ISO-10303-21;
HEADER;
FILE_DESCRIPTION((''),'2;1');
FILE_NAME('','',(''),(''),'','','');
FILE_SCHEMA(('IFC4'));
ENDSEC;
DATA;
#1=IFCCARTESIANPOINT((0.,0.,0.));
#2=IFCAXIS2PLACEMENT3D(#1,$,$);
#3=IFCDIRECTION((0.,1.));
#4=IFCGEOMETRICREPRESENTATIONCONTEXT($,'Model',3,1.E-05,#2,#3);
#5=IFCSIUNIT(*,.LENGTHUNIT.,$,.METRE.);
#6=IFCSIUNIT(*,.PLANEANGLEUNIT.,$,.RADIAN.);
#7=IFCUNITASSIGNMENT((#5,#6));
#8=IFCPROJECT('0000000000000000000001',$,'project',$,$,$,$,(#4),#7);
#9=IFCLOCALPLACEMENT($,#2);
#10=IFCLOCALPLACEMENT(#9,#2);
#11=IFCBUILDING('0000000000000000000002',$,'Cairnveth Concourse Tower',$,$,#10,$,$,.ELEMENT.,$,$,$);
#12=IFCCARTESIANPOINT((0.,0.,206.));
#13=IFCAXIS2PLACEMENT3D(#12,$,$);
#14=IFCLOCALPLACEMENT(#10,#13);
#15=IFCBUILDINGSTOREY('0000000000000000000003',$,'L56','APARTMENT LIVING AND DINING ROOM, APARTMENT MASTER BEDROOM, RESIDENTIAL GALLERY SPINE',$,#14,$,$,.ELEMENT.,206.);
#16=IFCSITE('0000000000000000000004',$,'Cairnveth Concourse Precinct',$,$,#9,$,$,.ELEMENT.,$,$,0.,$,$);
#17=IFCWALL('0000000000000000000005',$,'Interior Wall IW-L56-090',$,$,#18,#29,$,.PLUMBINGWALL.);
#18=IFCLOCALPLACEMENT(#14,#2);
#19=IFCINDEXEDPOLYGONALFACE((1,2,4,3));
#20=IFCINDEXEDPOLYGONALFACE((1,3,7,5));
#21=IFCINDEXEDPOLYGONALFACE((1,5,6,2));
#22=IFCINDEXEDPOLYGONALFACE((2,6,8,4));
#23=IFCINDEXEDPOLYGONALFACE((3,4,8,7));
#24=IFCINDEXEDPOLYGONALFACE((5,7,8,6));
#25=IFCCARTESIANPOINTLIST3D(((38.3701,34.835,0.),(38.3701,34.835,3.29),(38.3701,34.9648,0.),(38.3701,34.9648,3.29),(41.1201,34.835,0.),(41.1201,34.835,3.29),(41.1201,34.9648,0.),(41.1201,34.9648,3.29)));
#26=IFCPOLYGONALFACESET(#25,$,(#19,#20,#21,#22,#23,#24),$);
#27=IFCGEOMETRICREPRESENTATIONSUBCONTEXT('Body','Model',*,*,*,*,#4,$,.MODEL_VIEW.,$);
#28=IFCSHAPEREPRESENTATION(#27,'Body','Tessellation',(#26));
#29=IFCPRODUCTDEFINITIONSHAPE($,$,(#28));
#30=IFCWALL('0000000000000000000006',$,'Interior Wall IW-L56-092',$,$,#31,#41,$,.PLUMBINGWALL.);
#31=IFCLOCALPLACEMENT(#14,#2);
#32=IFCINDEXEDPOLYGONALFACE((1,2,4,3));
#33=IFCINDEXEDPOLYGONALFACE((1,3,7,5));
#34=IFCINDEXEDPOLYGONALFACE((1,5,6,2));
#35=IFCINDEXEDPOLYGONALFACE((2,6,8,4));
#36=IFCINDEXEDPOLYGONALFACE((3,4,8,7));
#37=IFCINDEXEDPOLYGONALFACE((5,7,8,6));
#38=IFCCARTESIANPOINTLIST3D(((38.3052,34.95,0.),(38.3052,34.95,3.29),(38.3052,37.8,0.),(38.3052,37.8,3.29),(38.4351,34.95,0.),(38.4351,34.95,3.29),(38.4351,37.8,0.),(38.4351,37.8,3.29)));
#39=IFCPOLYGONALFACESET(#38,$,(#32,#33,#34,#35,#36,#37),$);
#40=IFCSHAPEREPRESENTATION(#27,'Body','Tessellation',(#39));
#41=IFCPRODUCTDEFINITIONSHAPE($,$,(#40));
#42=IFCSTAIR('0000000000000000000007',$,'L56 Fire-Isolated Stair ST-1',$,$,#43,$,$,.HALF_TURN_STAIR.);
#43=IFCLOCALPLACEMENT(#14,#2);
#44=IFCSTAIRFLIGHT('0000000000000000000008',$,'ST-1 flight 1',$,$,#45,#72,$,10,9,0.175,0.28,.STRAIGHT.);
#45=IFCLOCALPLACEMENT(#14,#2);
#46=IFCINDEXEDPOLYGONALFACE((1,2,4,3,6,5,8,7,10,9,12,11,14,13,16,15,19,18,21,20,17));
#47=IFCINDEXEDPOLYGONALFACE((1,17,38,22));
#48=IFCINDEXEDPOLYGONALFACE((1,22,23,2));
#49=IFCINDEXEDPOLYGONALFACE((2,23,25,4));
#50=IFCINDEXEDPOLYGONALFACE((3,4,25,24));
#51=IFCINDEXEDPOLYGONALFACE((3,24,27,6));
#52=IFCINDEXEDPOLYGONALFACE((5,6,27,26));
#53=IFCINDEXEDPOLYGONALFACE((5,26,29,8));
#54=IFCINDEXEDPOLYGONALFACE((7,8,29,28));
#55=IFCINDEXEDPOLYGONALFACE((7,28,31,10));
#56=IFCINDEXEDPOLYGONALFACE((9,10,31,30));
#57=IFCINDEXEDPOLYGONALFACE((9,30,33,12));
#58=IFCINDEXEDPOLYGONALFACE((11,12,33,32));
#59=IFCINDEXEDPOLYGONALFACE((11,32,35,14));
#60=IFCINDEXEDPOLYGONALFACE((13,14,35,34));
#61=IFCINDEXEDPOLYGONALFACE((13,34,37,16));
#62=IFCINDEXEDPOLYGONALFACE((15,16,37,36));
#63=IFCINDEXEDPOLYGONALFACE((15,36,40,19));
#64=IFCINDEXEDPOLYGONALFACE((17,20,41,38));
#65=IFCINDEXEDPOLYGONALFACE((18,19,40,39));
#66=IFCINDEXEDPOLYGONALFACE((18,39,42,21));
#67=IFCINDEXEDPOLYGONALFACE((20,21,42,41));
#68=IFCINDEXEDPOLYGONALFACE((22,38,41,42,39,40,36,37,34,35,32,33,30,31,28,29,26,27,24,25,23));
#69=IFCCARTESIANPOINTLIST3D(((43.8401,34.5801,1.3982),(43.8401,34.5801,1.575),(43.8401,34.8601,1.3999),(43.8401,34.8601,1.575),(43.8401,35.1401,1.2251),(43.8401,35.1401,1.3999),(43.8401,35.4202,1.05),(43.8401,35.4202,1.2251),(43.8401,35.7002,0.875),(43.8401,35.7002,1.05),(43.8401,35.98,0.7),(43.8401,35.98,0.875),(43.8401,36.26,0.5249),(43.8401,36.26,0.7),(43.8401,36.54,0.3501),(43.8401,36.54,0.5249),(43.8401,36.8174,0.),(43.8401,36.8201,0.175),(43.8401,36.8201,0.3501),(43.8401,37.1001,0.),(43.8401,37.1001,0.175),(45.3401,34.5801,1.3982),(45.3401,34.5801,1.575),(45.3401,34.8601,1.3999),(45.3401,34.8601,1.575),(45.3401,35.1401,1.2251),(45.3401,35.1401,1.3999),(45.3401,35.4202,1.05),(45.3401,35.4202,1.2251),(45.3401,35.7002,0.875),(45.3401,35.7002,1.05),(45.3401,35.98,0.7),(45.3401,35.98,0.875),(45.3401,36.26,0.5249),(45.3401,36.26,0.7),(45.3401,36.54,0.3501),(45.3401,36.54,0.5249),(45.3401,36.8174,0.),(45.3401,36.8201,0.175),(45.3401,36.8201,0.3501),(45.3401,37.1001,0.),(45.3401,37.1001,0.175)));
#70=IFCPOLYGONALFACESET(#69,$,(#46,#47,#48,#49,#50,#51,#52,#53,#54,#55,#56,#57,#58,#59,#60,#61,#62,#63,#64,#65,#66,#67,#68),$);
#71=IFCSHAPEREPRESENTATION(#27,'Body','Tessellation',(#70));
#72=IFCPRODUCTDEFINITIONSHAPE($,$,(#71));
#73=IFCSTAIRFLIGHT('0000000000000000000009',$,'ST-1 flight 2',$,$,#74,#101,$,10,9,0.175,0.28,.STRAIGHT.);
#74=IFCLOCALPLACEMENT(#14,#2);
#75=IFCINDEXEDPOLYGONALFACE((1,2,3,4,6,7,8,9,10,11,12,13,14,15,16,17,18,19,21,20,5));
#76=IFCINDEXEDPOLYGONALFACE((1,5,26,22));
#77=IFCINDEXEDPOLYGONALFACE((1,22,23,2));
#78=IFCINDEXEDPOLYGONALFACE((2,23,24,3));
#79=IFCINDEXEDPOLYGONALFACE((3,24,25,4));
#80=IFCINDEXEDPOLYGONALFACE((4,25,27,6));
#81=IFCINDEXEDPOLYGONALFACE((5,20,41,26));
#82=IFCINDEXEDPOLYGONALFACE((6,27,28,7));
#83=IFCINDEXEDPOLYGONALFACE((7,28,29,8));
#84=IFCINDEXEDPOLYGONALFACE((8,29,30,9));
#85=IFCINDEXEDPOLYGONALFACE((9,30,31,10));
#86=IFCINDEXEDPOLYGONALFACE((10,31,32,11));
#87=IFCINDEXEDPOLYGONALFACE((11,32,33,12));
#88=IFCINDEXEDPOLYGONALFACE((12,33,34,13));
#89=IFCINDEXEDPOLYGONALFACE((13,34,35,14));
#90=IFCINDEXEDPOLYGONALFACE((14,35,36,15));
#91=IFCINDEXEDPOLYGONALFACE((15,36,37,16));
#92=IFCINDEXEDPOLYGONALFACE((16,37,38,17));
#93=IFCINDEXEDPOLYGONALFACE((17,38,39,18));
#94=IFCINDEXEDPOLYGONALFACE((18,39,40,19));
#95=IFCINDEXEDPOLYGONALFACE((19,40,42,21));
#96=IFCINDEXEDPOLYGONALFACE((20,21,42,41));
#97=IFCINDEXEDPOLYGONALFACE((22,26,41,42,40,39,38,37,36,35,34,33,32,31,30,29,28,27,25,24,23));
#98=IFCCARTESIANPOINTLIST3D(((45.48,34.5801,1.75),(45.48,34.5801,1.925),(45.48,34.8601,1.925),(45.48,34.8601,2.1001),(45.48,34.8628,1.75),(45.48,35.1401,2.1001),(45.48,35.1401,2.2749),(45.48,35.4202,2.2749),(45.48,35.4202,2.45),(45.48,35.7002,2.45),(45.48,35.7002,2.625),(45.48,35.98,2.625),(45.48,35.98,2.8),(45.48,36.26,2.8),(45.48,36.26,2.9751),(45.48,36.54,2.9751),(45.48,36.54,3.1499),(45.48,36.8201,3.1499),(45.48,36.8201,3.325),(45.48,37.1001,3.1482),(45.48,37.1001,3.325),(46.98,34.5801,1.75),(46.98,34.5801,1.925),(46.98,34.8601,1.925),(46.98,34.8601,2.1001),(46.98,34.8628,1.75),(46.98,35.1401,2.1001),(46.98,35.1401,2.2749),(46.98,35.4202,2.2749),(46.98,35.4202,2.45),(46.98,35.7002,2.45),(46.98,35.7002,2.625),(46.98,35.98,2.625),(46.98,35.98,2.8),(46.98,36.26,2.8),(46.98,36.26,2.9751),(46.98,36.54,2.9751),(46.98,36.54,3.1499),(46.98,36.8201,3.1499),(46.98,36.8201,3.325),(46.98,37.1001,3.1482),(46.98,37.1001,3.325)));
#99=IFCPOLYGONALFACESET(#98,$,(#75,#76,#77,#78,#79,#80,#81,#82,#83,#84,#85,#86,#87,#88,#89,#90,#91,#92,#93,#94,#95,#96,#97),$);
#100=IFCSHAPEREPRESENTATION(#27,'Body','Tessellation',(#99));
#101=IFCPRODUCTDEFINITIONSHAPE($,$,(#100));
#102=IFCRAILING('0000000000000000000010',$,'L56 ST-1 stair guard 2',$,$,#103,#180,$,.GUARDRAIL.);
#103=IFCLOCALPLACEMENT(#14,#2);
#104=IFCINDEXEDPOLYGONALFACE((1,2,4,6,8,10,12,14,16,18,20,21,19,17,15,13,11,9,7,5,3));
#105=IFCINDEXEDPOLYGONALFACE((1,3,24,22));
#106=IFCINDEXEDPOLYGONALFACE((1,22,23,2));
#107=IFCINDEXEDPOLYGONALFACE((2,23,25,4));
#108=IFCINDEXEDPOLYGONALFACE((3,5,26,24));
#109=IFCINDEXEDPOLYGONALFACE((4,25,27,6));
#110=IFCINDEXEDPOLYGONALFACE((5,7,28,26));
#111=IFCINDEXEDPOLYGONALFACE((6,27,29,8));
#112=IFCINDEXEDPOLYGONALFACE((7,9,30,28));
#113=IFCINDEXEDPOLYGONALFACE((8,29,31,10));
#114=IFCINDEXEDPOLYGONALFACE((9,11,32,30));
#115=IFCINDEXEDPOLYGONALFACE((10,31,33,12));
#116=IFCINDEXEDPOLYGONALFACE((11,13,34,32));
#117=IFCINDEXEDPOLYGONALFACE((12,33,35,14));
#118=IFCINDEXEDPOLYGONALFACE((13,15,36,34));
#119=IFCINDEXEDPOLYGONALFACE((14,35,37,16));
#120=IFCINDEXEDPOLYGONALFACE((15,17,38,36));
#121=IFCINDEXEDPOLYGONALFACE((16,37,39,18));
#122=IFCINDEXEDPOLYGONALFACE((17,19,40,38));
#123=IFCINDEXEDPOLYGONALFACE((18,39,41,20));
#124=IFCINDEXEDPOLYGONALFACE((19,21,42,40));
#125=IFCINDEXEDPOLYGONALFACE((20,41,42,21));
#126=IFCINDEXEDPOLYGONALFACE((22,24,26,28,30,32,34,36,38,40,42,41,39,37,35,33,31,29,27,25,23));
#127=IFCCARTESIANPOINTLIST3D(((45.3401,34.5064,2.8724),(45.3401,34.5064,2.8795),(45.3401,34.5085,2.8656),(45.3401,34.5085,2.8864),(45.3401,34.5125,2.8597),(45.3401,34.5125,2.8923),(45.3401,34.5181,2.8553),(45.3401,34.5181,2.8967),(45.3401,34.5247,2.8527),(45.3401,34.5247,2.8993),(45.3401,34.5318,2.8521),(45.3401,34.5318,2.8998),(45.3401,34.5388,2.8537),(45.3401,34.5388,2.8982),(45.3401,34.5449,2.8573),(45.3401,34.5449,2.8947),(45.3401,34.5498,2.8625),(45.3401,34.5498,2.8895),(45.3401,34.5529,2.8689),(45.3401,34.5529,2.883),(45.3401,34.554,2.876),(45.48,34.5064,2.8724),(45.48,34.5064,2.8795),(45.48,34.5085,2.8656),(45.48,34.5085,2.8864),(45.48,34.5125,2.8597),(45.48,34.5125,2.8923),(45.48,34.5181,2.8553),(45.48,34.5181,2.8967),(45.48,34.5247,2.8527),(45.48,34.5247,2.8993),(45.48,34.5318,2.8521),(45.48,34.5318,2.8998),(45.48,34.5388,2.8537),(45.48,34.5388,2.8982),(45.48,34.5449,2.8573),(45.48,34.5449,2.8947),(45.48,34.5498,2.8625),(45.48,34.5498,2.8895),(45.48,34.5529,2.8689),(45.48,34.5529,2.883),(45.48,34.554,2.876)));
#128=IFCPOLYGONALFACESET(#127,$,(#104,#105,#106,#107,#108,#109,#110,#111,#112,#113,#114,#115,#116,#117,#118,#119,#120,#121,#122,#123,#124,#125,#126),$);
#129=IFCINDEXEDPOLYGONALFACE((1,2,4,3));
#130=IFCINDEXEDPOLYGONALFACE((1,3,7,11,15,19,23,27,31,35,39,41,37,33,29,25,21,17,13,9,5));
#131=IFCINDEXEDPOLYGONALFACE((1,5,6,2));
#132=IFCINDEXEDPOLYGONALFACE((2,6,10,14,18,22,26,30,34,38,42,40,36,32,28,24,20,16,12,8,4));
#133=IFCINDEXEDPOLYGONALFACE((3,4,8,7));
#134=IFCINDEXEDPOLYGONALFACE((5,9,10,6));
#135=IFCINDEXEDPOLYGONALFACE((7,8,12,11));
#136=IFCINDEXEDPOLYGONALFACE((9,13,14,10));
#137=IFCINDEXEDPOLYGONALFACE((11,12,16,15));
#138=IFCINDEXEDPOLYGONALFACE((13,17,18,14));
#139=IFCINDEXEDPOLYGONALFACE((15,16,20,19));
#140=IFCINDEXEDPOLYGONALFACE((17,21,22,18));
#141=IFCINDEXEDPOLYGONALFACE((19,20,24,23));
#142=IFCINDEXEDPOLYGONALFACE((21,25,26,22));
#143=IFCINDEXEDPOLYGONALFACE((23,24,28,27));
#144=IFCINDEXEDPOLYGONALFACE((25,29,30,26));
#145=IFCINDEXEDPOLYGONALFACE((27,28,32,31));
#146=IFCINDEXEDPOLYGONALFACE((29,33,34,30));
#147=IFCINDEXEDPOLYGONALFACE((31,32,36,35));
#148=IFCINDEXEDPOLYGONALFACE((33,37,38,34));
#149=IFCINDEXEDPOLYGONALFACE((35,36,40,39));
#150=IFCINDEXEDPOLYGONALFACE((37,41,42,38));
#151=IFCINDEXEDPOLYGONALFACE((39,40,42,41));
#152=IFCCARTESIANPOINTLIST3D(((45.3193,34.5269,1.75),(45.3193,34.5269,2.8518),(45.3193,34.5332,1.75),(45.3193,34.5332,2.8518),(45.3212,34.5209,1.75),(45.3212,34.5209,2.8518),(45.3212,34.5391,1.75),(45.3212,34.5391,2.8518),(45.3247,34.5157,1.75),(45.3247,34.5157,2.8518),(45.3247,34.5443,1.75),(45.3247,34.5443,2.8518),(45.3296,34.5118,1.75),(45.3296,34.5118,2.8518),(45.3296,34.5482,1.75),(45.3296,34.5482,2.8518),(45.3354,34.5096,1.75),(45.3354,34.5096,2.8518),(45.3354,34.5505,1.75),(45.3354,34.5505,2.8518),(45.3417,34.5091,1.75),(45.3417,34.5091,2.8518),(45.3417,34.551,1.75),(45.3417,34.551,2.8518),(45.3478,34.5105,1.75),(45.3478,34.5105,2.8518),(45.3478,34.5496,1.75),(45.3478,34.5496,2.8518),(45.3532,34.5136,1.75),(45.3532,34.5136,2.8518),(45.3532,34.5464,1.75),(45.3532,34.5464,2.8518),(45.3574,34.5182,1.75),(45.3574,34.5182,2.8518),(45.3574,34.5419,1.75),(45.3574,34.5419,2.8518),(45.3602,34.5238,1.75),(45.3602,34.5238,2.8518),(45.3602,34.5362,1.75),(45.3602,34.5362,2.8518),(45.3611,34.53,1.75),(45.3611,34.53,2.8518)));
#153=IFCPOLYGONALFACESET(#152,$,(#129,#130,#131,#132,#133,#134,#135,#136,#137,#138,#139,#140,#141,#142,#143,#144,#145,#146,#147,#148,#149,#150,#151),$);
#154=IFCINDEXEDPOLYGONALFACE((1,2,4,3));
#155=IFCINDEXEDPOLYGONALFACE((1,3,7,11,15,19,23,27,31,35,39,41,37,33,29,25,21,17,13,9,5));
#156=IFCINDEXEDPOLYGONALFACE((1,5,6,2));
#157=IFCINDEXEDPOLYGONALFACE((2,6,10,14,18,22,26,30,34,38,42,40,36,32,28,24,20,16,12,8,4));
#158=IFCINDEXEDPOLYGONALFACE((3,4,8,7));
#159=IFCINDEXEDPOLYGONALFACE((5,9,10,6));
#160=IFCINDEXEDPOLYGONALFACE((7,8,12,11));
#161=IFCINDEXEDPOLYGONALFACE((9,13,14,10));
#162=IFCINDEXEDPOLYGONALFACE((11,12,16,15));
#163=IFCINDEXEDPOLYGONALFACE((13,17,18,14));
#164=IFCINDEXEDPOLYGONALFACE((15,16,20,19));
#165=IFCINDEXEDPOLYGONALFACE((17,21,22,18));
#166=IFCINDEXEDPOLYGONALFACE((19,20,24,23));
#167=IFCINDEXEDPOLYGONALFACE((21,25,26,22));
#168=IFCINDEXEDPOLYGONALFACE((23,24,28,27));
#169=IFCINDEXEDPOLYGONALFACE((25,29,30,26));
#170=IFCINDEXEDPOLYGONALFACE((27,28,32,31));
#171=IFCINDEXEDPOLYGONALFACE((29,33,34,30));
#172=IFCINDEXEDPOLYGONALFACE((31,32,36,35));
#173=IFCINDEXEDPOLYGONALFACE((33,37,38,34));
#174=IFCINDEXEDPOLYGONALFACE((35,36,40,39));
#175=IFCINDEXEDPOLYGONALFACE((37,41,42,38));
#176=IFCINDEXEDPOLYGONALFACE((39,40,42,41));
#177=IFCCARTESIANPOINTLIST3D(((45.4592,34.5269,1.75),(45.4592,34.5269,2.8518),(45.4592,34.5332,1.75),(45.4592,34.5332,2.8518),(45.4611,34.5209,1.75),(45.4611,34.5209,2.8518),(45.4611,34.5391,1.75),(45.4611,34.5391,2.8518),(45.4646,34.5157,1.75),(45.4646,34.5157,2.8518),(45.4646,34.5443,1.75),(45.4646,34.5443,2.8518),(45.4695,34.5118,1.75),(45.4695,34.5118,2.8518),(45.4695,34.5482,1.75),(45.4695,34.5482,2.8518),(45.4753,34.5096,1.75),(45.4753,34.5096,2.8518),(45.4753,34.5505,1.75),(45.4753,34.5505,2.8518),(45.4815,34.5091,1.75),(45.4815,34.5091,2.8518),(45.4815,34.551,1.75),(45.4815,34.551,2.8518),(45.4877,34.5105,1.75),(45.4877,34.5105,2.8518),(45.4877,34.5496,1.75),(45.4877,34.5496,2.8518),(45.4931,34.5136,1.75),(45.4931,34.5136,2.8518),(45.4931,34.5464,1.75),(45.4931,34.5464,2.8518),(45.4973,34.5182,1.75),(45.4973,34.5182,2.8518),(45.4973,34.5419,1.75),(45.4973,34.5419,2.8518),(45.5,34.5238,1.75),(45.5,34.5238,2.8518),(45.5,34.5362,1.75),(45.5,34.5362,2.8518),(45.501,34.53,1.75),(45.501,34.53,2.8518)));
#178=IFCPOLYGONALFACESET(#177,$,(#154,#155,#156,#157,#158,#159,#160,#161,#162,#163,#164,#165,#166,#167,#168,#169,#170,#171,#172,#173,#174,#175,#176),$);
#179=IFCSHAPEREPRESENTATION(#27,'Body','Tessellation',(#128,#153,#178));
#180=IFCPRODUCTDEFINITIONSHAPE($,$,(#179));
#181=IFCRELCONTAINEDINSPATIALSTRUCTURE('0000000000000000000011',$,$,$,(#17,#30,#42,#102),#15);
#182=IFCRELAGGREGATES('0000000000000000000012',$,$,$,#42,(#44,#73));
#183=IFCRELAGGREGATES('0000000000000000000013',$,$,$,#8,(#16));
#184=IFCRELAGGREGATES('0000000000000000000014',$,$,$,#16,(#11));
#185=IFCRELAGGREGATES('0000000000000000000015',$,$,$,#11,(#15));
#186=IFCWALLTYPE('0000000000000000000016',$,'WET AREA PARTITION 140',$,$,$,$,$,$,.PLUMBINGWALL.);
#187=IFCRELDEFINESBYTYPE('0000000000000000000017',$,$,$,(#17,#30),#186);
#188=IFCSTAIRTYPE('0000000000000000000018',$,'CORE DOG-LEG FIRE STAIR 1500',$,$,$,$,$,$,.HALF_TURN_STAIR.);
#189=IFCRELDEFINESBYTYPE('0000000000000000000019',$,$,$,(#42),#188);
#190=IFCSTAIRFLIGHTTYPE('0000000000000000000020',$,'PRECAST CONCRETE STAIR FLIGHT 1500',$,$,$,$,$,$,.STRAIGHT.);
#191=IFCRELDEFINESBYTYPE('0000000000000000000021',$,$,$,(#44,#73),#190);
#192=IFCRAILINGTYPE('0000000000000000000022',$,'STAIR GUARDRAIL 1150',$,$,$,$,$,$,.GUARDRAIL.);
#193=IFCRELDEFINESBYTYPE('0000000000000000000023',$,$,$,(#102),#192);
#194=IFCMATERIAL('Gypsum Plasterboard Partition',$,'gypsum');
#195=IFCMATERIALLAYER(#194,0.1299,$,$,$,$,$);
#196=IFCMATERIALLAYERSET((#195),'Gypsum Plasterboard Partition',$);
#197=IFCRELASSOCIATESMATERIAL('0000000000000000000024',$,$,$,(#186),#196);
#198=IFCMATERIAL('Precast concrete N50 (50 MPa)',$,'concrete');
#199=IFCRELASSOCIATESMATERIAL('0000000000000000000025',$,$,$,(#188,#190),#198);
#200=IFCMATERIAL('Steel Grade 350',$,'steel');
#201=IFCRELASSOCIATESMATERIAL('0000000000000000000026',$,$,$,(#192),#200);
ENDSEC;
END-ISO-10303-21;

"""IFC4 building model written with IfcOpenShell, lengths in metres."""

from ifc_helpers import new_model, si_unit, direction, frame, frame_2d, origin, origin_2d, place, context, subcontext, project, spatial, polyline, rectangle, circle, outline, extrude, material, layer, layer_set, type_object, element, aggregate, save


model = new_model("IFC4")

# Units and contexts
model_context = context("Model", 3, precision=1e-05, world=origin(), true_north=direction((0.0, 1.0)))
body_context = subcontext(model_context, "Body", "Model", "MODEL_VIEW")
ifc_project = project(units=[si_unit("LENGTHUNIT", "METRE"), si_unit("PLANEANGLEUNIT", "RADIAN")], contexts=[model_context])

# Site, building, storey
site_placement = place(None, origin())
site = spatial("IfcSite", under=ifc_project, at=site_placement, Name="Cairnveth Concourse Precinct", CompositionType="ELEMENT", RefElevation=0.0)
building_placement = place(site_placement, origin())
building = spatial("IfcBuilding", under=site, at=building_placement, Name="Cairnveth Concourse Tower", CompositionType="ELEMENT")
storey_placement = place(building_placement, frame((0.0, 0.0, 206.0)))
storey = spatial("IfcBuildingStorey", under=building, at=storey_placement, Name="L56", Description="APARTMENT LIVING AND DINING ROOM, APARTMENT MASTER BEDROOM, RESIDENTIAL GALLERY SPINE", CompositionType="ELEMENT", Elevation=206.0)

# Shared definitions
ifc_material_1 = material(Name="Gypsum Plasterboard Partition", Category="gypsum")

# Walls
ifc_layer_1 = layer(ifc_material_1, 0.1299)
ifc_layer_set_1 = layer_set([ifc_layer_1], Name="Gypsum Plasterboard Partition")
wall_type_1 = type_object("IfcWallType", Name="WET AREA PARTITION 140", PredefinedType="PLUMBINGWALL", material=ifc_layer_set_1)
wall_1_placement = place(storey_placement, frame((38.3701, 34.8999, 0.0), z_axis=(0.0, 0.0, 1.0), x_axis=(1.0, 0.0, 0.0)))
element("IfcWall", 1, at=wall_1_placement, inside=storey, type_object=wall_type_1, Name="Interior Wall IW-L56-090", PredefinedType="PLUMBINGWALL", context=body_context, shape_type="SweptSolid", body=[
    extrude(rectangle(XDim=2.75, YDim=0.1299, at=frame_2d((1.375, 0.0))), origin(), (0.0, 0.0, 1.0), 3.29),
])
wall_2_placement = place(storey_placement, frame((38.3701, 34.95, 0.0), z_axis=(0.0, 0.0, 1.0), x_axis=(0.0, 1.0, 0.0)))
element("IfcWall", 2, at=wall_2_placement, inside=storey, type_object=wall_type_1, Name="Interior Wall IW-L56-092", PredefinedType="PLUMBINGWALL", context=body_context, shape_type="SweptSolid", body=[
    extrude(rectangle(XDim=2.8501, YDim=0.1299, at=frame_2d((1.425, 0.0))), origin(), (0.0, 0.0, 1.0), 3.29),
])

# Stair, stair flights
ifc_material_2 = material(Name="Precast concrete N50 (50 MPa)", Category="concrete")
stair_type = type_object("IfcStairType", Name="CORE DOG-LEG FIRE STAIR 1500", PredefinedType="HALF_TURN_STAIR", material=ifc_material_2)
stair_placement = place(storey_placement, origin())
stair = element("IfcStair", 3, at=stair_placement, inside=storey, type_object=stair_type, Name="L56 Fire-Isolated Stair ST-1", PredefinedType="HALF_TURN_STAIR")
stair_flight_type = type_object("IfcStairFlightType", Name="PRECAST CONCRETE STAIR FLIGHT 1500", PredefinedType="STRAIGHT", material=ifc_material_2)
stair_flight_1_placement = place(storey_placement, frame((44.5901, 37.1001, 0.0), z_axis=(0.0, 0.0, 1.0), x_axis=(0.0, -1.0, 0.0)))
stair_flight_1 = element("IfcStairFlight", 4, at=stair_flight_1_placement, type_object=stair_flight_type, Name="ST-1 flight 1", NumberOfRisers=10, NumberOfTreads=9, PredefinedType="STRAIGHT", RiserHeight=0.175, TreadLength=0.28, context=body_context, shape_type="SweptSolid", body=[
    extrude(outline(polyline([(0.0, 0.0), (0.0, 0.175), (0.28, 0.175), (0.28, 0.3501), (0.5601, 0.3501), (0.5601, 0.5249), (0.8401, 0.5249), (0.8401, 0.7), (1.1201, 0.7), (1.1201, 0.875), (1.3999, 0.875), (1.3999, 1.05), (1.6799, 1.05), (1.6799, 1.2251), (1.96, 1.2251), (1.96, 1.3999), (2.24, 1.3999), (2.24, 1.575), (2.52, 1.575), (2.52, 1.75), (2.52, 1.3982), (0.2827, 0.0), (0.0, 0.0)])), frame((0.0, 0.75, 0.0), z_axis=(0.0, -1.0, 0.0), x_axis=(1.0, 0.0, 0.0)), (0.0, 0.0, 1.0), 1.5),
])
stair_flight_2_placement = place(storey_placement, frame((46.23, 34.5801, 1.75), z_axis=(0.0, 0.0, 1.0), x_axis=(0.0, 1.0, 0.0)))
stair_flight_2 = element("IfcStairFlight", 5, at=stair_flight_2_placement, type_object=stair_flight_type, Name="ST-1 flight 2", NumberOfRisers=10, NumberOfTreads=9, PredefinedType="STRAIGHT", RiserHeight=0.175, TreadLength=0.28, context=body_context, shape_type="SweptSolid", body=[
    extrude(outline(polyline([(0.0, 0.0), (0.0, 0.175), (0.28, 0.175), (0.28, 0.3501), (0.5601, 0.3501), (0.5601, 0.5249), (0.8401, 0.5249), (0.8401, 0.7), (1.1201, 0.7), (1.1201, 0.875), (1.3999, 0.875), (1.3999, 1.05), (1.6799, 1.05), (1.6799, 1.2251), (1.96, 1.2251), (1.96, 1.3999), (2.24, 1.3999), (2.24, 1.575), (2.52, 1.575), (2.52, 1.75), (2.52, 1.3982), (0.2827, 0.0), (0.0, 0.0)])), frame((0.0, 0.75, 0.0), z_axis=(0.0, -1.0, 0.0), x_axis=(1.0, 0.0, 0.0)), (0.0, 0.0, 1.0), 1.5),
])
aggregate(stair, [stair_flight_1, stair_flight_2])

# Railing
ifc_material_3 = material(Name="Steel Grade 350", Category="steel")
railing_type_1 = type_object("IfcRailingType", Name="STAIR GUARDRAIL 1150", PredefinedType="GUARDRAIL", material=ifc_material_3)
railing_1_placement = place(storey_placement, frame((45.3401, 34.53, 1.75)))
element("IfcRailing", 6, at=railing_1_placement, inside=storey, type_object=railing_type_1, Name="L56 ST-1 stair guard 2", PredefinedType="GUARDRAIL", context=body_context, shape_type="SweptSolid", body=[
    extrude(circle(Radius=0.0239, at=origin_2d()), frame((0.0, 0.0, 1.126), z_axis=(1.0, 0.0, 0.0), x_axis=(0.0, 1.0, 0.0)), (0.0, 0.0, 1.0), 0.1399),
    extrude(circle(Radius=0.021, at=origin_2d()), origin(), (0.0, 0.0, 1.0), 1.1018),
    extrude(circle(Radius=0.021, at=origin_2d()), frame((0.1399, 0.0, 0.0)), (0.0, 0.0, 1.0), 1.1018),
])

save(model, "model.ifc")
